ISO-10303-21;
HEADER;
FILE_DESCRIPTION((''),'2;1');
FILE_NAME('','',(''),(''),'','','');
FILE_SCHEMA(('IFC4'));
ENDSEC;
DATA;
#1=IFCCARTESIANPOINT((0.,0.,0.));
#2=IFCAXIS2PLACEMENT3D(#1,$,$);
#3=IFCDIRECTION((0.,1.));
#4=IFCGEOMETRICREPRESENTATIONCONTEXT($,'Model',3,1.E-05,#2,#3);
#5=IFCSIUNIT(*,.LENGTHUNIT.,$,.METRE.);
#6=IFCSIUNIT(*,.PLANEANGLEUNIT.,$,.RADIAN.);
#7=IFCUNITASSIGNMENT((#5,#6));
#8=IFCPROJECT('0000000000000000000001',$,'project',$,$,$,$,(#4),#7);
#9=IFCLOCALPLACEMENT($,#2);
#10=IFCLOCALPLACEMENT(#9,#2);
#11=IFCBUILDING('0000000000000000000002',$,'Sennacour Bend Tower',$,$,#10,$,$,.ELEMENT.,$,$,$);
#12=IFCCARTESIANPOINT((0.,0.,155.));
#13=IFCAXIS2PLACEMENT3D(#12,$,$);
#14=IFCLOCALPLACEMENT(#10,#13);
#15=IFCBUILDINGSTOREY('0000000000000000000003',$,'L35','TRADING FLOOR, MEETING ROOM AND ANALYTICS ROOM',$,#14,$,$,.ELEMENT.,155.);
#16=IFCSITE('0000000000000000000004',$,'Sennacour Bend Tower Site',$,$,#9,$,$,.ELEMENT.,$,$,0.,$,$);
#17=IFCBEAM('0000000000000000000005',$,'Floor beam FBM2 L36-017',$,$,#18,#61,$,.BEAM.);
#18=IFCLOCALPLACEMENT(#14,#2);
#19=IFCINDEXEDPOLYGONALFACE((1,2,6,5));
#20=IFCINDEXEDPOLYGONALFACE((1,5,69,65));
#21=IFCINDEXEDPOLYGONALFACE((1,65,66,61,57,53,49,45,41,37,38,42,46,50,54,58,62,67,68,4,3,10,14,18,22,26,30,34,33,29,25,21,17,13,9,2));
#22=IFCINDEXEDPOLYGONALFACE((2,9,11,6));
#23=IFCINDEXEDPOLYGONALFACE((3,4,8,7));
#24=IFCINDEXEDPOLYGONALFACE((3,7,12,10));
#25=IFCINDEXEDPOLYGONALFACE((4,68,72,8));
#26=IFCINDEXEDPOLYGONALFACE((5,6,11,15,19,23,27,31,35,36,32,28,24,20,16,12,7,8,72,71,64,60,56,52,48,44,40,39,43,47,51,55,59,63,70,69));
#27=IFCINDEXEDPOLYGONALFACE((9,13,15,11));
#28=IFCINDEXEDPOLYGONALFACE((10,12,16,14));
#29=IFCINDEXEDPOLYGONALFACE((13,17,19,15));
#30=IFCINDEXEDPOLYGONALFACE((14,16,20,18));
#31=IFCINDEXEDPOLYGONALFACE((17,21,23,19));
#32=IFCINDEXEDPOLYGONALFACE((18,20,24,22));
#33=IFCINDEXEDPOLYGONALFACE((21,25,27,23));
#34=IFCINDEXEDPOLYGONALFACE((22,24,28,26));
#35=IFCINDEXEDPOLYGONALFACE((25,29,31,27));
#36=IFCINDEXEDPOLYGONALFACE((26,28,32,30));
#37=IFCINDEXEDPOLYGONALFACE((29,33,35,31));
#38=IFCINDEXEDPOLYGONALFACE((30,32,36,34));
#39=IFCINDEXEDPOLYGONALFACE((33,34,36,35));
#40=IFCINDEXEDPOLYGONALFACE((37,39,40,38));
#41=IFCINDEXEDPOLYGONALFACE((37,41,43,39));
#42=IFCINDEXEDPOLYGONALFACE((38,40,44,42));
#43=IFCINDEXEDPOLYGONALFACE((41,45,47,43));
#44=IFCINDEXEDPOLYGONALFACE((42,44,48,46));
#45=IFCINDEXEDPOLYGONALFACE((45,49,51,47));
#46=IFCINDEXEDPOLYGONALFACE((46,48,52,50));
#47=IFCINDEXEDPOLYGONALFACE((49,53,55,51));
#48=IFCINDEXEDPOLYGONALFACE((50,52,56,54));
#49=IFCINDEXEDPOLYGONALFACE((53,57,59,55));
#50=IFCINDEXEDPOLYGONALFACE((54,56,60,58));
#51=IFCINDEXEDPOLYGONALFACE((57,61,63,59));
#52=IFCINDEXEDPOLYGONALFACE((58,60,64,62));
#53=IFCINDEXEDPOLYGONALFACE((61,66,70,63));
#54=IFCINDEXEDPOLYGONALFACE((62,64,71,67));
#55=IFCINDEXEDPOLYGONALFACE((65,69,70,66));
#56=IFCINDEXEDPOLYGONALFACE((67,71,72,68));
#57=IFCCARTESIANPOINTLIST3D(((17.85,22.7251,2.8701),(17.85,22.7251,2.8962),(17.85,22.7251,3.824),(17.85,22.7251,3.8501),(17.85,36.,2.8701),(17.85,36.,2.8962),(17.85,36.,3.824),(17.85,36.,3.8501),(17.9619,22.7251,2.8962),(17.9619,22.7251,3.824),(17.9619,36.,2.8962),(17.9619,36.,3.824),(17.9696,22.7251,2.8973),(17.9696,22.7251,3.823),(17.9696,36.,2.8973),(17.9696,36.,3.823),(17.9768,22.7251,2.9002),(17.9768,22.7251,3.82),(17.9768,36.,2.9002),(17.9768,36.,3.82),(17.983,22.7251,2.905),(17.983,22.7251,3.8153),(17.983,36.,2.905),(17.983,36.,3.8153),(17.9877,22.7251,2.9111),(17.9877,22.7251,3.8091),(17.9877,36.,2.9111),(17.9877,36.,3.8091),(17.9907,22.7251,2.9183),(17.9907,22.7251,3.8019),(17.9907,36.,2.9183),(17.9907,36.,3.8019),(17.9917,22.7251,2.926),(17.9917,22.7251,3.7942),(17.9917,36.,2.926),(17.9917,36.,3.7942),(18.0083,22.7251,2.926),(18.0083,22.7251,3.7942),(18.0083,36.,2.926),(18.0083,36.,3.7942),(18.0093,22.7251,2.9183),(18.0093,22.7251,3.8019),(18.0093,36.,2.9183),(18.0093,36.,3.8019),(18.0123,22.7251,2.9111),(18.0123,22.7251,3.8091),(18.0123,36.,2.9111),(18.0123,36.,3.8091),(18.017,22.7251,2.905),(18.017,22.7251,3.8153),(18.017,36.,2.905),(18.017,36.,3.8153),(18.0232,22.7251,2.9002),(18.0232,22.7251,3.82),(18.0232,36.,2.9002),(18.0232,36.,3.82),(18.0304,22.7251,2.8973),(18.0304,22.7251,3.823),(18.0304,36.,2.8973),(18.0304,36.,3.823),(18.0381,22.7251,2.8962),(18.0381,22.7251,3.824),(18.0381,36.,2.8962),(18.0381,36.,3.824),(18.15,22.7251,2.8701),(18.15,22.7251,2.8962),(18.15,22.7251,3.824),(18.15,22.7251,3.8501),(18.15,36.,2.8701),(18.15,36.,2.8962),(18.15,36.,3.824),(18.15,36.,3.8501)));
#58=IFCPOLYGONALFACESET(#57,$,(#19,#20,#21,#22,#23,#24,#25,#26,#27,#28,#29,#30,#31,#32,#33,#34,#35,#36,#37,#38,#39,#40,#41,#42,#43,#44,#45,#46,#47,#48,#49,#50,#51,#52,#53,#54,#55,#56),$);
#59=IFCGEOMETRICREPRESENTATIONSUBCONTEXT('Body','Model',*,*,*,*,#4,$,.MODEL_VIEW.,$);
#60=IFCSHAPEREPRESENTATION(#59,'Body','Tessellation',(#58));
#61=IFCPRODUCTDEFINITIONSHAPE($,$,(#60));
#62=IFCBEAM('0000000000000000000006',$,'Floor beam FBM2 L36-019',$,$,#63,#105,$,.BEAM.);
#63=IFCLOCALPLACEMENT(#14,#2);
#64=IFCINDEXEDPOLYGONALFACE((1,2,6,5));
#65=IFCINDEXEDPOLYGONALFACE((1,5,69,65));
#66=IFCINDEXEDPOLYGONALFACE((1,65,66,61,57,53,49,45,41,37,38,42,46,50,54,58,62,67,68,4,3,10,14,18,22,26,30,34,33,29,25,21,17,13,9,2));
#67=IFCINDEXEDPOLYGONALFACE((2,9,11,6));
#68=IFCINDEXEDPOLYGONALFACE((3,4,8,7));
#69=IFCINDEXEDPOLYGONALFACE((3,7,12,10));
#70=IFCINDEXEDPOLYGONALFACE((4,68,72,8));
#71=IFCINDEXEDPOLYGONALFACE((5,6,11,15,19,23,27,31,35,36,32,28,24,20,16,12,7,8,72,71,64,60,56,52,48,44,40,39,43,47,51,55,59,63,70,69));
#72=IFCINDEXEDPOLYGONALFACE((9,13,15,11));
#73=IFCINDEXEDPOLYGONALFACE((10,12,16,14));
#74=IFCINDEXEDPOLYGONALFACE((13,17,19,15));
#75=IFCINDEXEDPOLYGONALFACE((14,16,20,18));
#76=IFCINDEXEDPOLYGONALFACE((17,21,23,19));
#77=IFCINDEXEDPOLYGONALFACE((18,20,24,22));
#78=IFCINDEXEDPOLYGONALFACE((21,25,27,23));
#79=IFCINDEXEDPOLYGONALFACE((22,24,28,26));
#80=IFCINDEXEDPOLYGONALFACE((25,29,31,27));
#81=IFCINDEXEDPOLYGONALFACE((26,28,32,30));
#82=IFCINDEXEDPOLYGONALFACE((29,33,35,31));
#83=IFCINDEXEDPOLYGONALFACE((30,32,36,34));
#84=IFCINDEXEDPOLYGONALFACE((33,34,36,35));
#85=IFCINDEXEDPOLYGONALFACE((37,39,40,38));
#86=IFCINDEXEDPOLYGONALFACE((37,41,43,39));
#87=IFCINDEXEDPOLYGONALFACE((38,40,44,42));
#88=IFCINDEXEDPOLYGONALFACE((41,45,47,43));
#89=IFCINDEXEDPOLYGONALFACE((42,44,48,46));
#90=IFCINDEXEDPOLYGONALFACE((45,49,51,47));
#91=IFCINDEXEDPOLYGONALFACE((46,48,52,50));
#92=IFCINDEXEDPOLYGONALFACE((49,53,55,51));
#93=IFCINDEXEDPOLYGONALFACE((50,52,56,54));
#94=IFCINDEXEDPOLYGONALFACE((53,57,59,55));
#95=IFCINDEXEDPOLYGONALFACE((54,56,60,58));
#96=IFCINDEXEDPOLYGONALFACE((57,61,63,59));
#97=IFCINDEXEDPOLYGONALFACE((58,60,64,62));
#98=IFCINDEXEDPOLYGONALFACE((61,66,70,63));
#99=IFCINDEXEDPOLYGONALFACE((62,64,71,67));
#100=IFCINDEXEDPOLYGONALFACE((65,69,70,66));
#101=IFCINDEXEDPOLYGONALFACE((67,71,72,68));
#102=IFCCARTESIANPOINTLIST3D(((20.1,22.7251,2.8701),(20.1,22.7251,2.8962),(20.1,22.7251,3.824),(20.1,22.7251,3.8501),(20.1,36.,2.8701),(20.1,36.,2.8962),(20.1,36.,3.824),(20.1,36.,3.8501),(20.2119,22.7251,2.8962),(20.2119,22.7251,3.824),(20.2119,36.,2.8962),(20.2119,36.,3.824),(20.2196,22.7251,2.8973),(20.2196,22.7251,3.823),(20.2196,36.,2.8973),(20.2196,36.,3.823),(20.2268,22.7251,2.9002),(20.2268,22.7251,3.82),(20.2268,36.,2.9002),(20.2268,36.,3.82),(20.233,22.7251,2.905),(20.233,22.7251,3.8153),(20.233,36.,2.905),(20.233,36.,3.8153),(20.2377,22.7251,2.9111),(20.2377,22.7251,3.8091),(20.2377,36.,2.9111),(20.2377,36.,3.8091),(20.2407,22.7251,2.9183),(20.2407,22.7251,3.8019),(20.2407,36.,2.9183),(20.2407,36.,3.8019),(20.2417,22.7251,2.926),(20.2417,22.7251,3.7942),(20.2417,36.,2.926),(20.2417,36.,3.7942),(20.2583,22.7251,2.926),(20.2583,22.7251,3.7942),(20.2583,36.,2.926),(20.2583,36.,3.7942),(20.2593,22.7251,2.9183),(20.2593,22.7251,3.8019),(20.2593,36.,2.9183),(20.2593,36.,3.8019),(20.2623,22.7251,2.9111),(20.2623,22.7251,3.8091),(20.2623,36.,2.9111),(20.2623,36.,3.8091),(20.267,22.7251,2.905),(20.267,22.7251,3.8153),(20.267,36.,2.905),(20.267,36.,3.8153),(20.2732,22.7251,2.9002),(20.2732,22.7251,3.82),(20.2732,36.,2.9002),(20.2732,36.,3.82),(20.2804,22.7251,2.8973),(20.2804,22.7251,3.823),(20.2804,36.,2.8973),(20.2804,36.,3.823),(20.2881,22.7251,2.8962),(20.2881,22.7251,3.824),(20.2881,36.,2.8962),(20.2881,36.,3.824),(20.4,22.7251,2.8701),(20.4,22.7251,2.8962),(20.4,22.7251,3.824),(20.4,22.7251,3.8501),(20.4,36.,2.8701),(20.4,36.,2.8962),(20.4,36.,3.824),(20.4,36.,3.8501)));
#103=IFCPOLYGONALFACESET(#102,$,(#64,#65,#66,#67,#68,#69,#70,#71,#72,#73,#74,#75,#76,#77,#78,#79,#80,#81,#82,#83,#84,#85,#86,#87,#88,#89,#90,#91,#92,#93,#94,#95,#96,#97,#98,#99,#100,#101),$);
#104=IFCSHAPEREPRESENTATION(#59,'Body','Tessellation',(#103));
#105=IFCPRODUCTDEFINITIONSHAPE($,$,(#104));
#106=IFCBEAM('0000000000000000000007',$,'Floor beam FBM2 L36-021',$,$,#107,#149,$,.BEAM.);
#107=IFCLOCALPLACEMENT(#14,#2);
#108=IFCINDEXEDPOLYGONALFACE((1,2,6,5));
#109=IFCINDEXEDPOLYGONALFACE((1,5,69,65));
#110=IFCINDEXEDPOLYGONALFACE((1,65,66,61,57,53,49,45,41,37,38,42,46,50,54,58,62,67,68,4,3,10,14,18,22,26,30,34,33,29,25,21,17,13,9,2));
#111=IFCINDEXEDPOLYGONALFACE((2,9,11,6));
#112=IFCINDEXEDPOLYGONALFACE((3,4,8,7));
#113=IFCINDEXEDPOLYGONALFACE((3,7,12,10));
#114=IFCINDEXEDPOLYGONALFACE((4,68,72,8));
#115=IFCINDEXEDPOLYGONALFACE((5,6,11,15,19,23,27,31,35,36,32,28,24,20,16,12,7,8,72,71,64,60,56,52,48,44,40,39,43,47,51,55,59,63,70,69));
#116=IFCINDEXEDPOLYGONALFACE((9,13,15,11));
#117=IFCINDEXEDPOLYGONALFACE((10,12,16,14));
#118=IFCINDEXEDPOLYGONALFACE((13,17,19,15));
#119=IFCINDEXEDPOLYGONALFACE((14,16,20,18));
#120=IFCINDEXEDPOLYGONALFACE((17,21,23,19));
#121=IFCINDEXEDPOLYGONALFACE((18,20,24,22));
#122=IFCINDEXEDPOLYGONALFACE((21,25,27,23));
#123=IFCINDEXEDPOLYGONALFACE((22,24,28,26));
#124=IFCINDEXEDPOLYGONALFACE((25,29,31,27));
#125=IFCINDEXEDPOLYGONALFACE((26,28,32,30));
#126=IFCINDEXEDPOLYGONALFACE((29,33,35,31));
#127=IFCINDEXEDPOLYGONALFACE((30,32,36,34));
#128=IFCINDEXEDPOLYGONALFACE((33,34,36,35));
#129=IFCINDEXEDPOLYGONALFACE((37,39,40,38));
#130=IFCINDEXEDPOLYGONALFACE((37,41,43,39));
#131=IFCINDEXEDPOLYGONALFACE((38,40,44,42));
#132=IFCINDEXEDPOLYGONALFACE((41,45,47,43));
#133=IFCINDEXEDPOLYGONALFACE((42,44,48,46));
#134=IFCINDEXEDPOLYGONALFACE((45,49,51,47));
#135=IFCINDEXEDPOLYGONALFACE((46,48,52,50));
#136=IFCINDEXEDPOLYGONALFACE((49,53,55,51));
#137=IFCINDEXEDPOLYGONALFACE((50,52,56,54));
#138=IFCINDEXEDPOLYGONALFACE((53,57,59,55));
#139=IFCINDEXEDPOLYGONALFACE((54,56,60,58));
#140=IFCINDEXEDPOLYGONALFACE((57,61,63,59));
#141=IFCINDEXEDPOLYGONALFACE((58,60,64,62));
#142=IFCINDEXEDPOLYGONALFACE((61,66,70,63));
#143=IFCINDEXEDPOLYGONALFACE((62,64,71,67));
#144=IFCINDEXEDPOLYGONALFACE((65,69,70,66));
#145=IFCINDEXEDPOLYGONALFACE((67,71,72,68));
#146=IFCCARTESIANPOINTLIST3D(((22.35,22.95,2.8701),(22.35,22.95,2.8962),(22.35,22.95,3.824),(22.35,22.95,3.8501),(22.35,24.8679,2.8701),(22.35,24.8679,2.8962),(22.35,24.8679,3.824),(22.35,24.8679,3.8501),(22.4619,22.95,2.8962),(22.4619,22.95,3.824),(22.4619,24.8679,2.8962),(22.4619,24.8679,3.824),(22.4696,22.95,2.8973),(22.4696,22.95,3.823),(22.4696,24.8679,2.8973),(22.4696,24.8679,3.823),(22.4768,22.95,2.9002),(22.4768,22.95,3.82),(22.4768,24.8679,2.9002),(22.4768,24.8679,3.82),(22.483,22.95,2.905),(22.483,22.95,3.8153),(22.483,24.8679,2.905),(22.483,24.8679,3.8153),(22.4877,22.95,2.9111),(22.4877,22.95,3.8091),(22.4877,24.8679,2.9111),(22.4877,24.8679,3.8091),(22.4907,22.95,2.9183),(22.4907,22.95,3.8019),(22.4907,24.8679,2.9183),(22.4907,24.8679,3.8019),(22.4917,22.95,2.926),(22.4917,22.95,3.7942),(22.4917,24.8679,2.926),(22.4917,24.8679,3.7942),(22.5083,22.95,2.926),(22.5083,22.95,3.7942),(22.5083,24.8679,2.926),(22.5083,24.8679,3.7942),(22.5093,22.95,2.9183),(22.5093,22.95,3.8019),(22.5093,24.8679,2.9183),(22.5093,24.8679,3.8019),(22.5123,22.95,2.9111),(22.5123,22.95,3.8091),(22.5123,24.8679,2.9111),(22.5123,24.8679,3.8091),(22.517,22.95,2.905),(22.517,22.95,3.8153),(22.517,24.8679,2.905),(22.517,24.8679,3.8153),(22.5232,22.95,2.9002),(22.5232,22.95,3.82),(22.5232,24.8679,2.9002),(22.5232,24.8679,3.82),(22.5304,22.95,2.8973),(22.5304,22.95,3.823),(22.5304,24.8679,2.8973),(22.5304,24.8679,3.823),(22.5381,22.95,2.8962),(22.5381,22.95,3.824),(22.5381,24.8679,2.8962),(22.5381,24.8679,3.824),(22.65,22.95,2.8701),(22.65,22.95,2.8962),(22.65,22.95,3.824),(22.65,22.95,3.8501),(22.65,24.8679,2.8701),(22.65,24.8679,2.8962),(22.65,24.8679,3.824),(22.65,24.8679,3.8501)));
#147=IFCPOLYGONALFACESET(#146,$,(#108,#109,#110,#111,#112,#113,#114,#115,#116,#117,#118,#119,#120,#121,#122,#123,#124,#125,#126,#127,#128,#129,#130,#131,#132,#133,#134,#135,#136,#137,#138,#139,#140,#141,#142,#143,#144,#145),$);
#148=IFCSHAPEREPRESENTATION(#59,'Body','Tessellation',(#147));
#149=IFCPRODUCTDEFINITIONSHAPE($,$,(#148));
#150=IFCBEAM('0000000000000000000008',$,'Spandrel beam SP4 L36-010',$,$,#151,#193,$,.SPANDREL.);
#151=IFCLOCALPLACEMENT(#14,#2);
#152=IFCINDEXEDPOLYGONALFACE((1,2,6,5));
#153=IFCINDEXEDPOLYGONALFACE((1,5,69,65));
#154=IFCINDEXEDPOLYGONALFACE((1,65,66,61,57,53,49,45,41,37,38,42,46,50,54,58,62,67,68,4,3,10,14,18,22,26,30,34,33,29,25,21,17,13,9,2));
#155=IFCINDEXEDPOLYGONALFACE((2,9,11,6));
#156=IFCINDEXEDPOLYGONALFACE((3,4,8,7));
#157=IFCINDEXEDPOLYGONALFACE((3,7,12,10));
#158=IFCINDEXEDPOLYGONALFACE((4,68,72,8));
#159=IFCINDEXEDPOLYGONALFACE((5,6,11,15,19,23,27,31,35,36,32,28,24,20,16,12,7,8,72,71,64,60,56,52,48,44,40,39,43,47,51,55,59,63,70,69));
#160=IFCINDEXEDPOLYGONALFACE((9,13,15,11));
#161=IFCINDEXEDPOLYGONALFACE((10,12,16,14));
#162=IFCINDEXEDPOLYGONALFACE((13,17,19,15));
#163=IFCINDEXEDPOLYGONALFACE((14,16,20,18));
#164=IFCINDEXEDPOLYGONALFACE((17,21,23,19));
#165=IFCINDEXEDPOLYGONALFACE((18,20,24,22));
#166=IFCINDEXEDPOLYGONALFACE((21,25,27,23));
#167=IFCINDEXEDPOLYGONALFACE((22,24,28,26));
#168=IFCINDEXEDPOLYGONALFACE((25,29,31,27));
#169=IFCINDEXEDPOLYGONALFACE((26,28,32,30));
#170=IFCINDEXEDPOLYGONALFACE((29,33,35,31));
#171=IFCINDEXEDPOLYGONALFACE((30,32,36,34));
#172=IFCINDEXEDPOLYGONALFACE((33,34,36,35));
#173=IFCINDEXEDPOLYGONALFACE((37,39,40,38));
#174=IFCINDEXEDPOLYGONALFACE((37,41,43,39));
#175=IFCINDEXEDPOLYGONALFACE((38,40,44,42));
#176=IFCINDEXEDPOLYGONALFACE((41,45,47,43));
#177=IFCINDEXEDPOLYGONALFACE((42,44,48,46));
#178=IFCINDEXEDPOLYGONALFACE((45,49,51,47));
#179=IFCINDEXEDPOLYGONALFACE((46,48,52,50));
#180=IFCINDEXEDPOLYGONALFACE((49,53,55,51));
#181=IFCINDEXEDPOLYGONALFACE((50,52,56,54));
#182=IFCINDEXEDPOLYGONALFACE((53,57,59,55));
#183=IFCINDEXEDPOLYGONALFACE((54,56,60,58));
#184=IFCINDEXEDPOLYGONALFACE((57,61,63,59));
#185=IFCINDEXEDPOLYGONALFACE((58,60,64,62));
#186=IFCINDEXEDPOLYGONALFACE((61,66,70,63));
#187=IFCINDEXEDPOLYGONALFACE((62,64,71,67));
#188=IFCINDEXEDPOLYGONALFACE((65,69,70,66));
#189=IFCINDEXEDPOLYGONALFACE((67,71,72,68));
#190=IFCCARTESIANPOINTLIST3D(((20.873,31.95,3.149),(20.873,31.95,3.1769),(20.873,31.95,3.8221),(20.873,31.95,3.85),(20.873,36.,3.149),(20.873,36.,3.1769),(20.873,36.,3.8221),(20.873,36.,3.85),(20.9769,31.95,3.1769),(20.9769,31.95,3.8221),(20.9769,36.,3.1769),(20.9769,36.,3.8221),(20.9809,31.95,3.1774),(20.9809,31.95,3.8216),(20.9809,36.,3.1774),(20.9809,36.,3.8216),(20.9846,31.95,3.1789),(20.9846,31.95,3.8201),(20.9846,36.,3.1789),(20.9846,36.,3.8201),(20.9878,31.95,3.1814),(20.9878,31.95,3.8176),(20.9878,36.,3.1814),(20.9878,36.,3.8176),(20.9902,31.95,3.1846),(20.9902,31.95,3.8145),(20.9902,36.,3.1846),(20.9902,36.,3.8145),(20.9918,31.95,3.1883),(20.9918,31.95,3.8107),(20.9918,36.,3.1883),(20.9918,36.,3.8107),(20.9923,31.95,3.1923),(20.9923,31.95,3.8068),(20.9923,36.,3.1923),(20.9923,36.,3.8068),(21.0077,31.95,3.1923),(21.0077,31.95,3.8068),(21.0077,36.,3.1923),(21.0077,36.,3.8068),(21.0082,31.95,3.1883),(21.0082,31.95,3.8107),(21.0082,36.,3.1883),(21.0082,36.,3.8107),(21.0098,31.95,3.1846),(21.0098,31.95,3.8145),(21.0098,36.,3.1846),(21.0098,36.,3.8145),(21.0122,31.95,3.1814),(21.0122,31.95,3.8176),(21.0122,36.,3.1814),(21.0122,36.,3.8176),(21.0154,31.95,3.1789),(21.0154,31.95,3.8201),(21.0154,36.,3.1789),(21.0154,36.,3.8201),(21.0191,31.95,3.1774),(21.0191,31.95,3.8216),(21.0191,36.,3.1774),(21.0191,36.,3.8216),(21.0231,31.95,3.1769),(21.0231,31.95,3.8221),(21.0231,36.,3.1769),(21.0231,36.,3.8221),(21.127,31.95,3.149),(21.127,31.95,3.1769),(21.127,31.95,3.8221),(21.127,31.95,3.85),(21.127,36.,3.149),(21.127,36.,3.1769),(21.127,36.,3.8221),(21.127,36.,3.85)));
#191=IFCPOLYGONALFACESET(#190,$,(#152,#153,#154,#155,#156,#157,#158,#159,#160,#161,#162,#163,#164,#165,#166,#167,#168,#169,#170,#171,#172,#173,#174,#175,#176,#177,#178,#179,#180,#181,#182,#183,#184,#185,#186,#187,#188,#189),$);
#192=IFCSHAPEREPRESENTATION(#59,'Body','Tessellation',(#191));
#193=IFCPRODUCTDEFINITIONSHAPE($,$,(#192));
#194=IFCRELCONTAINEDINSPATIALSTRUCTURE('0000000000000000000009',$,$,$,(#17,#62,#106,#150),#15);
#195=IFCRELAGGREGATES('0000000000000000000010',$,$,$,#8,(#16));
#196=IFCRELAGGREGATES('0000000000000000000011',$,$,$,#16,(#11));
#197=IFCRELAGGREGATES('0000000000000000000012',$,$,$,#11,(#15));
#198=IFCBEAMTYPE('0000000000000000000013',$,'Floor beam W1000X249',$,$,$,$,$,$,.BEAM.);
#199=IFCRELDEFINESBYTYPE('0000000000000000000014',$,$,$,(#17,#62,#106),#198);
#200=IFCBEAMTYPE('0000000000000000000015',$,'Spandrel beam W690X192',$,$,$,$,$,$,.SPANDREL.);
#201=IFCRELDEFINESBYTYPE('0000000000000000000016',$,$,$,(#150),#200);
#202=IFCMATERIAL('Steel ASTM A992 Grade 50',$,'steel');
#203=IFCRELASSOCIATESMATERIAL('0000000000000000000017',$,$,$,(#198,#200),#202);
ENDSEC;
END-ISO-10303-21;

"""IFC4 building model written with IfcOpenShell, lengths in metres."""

from ifc_helpers import new_model, si_unit, direction, frame, origin, origin_2d, place, context, subcontext, project, spatial, i_section, extrude, material, material_profile, profile_set, type_object, element, save


model = new_model("IFC4")

# Units and contexts
model_context = context("Model", 3, precision=1e-05, world=origin(), true_north=direction((0.0, 1.0)))
body_context = subcontext(model_context, "Body", "Model", "MODEL_VIEW")
ifc_project = project(units=[si_unit("LENGTHUNIT", "METRE"), si_unit("PLANEANGLEUNIT", "RADIAN")], contexts=[model_context])

# Site, building, storey
site_placement = place(None, origin())
site = spatial("IfcSite", under=ifc_project, at=site_placement, Name="Sennacour Bend Tower Site", CompositionType="ELEMENT", RefElevation=0.0)
building_placement = place(site_placement, origin())
building = spatial("IfcBuilding", under=site, at=building_placement, Name="Sennacour Bend Tower", CompositionType="ELEMENT")
storey_placement = place(building_placement, frame((0.0, 0.0, 155.0)))
storey = spatial("IfcBuildingStorey", under=building, at=storey_placement, Name="L35", Description="TRADING FLOOR, MEETING ROOM AND ANALYTICS ROOM", CompositionType="ELEMENT", Elevation=155.0)

# Beams
ifc_material_1 = material(Name="Steel ASTM A992 Grade 50", Category="steel")
ifc_material_profile_1 = material_profile(ifc_material_1, i_section(OverallWidth=0.3, OverallDepth=0.98, WebThickness=0.0166, FlangeThickness=0.0261, FilletRadius=0.0298, at=origin_2d()), Name="Steel ASTM A992 Grade 50", Category="steel")
ifc_profile_set_1 = profile_set([ifc_material_profile_1], Name="Steel ASTM A992 Grade 50")
beam_type_1 = type_object("IfcBeamType", Name="Floor beam W1000X249", PredefinedType="BEAM", material=ifc_profile_set_1)
for number, where, z_axis, x_axis, name in (
    (1, (18.0, 22.7251, 3.3601), (0.0, 1.0, 0.0), (-1.0, 0.0, 0.0), "Floor beam FBM2 L36-017"),
    (2, (20.25, 22.7251, 3.3601), (0.0, 1.0, 0.0), (-1.0, 0.0, 0.0), "Floor beam FBM2 L36-019"),
):
    element("IfcBeam", number, at=place(storey_placement, frame(where, z_axis=z_axis, x_axis=x_axis)), inside=storey, type_object=beam_type_1, Name=name, PredefinedType="BEAM", context=body_context, shape_type="SweptSolid", body=[
        extrude(i_section(OverallWidth=0.3, OverallDepth=0.98, WebThickness=0.0166, FlangeThickness=0.0261, FilletRadius=0.0298, at=origin_2d()), origin(), (0.0, 0.0, 1.0), 13.2749),
    ])
beam_1_placement = place(storey_placement, frame((22.5, 22.95, 3.3601), z_axis=(0.0, 1.0, 0.0), x_axis=(-1.0, 0.0, 0.0)))
element("IfcBeam", 3, at=beam_1_placement, inside=storey, type_object=beam_type_1, Name="Floor beam FBM2 L36-021", PredefinedType="BEAM", context=body_context, shape_type="SweptSolid", body=[
    extrude(i_section(OverallWidth=0.3, OverallDepth=0.98, WebThickness=0.0166, FlangeThickness=0.0261, FilletRadius=0.0298, at=origin_2d()), origin(), (0.0, 0.0, 1.0), 1.918),
])
ifc_material_profile_2 = material_profile(ifc_material_1, i_section(OverallWidth=0.2539, OverallDepth=0.7009, WebThickness=0.0154, FlangeThickness=0.0278, FilletRadius=0.0154, at=origin_2d()), Name="Steel ASTM A992 Grade 50", Category="steel")
ifc_profile_set_2 = profile_set([ifc_material_profile_2], Name="Steel ASTM A992 Grade 50")
beam_type_2 = type_object("IfcBeamType", Name="Spandrel beam W690X192", PredefinedType="SPANDREL", material=ifc_profile_set_2)
beam_2_placement = place(storey_placement, frame((21.0, 36.0, 3.4995), z_axis=(0.0, -1.0, 0.0), x_axis=(1.0, 0.0, 0.0)))
element("IfcBeam", 4, at=beam_2_placement, inside=storey, type_object=beam_type_2, Name="Spandrel beam SP4 L36-010", PredefinedType="SPANDREL", context=body_context, shape_type="SweptSolid", body=[
    extrude(i_section(OverallWidth=0.2539, OverallDepth=0.7009, WebThickness=0.0154, FlangeThickness=0.0278, FilletRadius=0.0154, at=origin_2d()), origin(), (0.0, 0.0, 1.0), 4.05),
])

save(model, "model.ifc")
